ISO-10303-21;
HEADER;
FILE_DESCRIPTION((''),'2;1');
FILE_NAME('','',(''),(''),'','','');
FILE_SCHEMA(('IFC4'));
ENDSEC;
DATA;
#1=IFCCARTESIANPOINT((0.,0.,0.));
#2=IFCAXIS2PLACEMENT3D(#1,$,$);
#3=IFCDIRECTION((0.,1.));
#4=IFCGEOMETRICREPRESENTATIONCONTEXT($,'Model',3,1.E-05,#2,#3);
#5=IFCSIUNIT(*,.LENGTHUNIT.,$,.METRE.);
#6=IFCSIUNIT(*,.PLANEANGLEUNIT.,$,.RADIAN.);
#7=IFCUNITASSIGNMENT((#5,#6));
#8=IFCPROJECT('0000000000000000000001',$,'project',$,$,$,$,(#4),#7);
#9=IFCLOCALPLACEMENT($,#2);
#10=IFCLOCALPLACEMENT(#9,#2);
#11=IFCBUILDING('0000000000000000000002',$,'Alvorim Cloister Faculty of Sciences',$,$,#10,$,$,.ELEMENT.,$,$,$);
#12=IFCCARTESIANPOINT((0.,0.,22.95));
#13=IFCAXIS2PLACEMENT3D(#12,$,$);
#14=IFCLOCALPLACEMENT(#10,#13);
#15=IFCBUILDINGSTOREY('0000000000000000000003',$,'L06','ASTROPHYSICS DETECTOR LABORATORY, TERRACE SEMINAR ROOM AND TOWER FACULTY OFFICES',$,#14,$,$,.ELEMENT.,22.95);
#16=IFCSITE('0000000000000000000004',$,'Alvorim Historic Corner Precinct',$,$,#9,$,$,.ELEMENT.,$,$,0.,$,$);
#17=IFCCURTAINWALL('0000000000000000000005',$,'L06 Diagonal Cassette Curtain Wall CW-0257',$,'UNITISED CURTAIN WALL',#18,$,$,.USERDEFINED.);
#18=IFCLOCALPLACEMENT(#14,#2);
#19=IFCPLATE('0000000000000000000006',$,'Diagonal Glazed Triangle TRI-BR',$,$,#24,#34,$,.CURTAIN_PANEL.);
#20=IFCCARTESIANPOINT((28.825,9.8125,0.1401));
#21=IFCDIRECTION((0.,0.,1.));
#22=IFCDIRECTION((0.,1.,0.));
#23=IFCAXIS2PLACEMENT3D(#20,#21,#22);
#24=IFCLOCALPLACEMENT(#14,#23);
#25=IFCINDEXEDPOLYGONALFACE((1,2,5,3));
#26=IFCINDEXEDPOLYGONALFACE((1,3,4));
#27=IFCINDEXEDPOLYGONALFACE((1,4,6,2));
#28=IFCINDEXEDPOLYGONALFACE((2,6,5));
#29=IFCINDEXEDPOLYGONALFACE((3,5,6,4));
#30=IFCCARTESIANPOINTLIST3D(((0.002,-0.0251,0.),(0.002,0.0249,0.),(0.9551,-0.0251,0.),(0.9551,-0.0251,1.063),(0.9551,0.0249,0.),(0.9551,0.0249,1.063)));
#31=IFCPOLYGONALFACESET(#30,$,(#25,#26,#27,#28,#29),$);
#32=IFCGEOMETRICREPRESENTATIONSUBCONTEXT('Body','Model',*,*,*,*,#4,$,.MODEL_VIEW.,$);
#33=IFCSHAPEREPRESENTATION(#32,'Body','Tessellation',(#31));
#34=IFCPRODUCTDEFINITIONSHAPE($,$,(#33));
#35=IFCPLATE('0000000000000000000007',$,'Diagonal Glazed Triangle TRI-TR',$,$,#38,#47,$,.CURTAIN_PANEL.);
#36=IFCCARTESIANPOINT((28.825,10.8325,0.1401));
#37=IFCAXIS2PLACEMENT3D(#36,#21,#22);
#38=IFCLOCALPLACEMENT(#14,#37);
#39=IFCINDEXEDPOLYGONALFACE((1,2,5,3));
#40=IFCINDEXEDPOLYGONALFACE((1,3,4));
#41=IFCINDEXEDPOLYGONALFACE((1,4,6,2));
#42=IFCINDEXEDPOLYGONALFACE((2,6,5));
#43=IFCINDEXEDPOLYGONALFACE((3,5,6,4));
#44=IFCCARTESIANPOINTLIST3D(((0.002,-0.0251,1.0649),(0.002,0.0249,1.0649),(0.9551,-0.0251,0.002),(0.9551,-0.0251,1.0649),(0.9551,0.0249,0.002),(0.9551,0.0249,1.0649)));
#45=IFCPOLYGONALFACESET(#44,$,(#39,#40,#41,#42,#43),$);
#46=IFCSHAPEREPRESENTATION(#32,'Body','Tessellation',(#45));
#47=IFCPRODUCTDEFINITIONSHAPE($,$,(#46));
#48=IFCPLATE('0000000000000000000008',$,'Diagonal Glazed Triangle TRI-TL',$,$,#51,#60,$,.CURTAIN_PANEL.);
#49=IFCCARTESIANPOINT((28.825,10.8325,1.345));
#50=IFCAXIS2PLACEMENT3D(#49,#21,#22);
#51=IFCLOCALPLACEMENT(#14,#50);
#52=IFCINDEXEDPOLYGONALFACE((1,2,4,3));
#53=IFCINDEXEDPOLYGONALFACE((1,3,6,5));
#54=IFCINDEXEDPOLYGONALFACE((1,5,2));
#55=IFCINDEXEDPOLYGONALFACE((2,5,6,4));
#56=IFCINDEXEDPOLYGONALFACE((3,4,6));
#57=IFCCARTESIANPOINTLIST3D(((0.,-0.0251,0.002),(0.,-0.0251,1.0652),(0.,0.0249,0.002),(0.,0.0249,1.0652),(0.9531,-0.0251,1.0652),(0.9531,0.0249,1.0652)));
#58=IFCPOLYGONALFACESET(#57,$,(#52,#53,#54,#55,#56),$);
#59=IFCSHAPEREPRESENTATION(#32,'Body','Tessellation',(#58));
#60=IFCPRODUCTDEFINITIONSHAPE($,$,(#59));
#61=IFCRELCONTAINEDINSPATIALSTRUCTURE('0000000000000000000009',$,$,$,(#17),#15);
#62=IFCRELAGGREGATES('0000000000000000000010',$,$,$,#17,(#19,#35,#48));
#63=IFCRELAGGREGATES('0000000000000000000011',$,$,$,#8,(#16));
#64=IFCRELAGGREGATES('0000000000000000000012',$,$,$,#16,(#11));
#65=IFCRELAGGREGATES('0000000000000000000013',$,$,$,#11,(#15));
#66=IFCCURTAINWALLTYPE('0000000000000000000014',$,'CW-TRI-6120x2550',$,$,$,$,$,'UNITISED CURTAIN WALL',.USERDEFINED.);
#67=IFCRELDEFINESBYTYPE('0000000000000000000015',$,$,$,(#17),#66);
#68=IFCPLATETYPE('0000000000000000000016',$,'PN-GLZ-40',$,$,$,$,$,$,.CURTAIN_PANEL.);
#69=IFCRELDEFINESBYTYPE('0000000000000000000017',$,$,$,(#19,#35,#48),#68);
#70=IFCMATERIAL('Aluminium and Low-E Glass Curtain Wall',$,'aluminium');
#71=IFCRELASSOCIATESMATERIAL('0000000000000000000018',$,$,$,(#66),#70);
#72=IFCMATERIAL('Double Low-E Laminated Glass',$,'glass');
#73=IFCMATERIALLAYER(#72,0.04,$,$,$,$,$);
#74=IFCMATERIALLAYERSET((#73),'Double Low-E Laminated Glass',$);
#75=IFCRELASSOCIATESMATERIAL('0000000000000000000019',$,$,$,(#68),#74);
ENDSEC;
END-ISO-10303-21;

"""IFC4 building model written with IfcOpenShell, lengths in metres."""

from ifc_helpers import new_model, si_unit, direction, frame, origin, place, context, subcontext, project, spatial, polyline, outline, extrude, material, layer, layer_set, type_object, element, aggregate, save


model = new_model("IFC4")

# Units and contexts
model_context = context("Model", 3, precision=1e-05, world=origin(), true_north=direction((0.0, 1.0)))
body_context = subcontext(model_context, "Body", "Model", "MODEL_VIEW")
ifc_project = project(units=[si_unit("LENGTHUNIT", "METRE"), si_unit("PLANEANGLEUNIT", "RADIAN")], contexts=[model_context])

# Site, building, storey
site_placement = place(None, origin())
site = spatial("IfcSite", under=ifc_project, at=site_placement, Name="Alvorim Historic Corner Precinct", CompositionType="ELEMENT", RefElevation=0.0)
building_placement = place(site_placement, origin())
building = spatial("IfcBuilding", under=site, at=building_placement, Name="Alvorim Cloister Faculty of Sciences", CompositionType="ELEMENT")
storey_placement = place(building_placement, frame((0.0, 0.0, 22.95)))
storey = spatial("IfcBuildingStorey", under=building, at=storey_placement, Name="L06", Description="ASTROPHYSICS DETECTOR LABORATORY, TERRACE SEMINAR ROOM AND TOWER FACULTY OFFICES", CompositionType="ELEMENT", Elevation=22.95)

# Curtain wall, plates
ifc_material_1 = material(Name="Aluminium and Low-E Glass Curtain Wall", Category="aluminium")
curtain_wall_type = type_object("IfcCurtainWallType", Name="CW-TRI-6120x2550", ElementType="UNITISED CURTAIN WALL", PredefinedType="USERDEFINED", material=ifc_material_1)
curtain_wall_placement = place(storey_placement, origin())
curtain_wall = element("IfcCurtainWall", 1, at=curtain_wall_placement, inside=storey, type_object=curtain_wall_type, Name="L06 Diagonal Cassette Curtain Wall CW-0257", ObjectType="UNITISED CURTAIN WALL", PredefinedType="USERDEFINED")
ifc_material_2 = material(Name="Double Low-E Laminated Glass", Category="glass")
ifc_layer = layer(ifc_material_2, 0.04)
ifc_layer_set = layer_set([ifc_layer], Name="Double Low-E Laminated Glass")
plate_type = type_object("IfcPlateType", Name="PN-GLZ-40", PredefinedType="CURTAIN_PANEL", material=ifc_layer_set)
plate_1_placement = place(storey_placement, frame((28.825, 9.8125, 0.1401), z_axis=(0.0, 0.0, 1.0), x_axis=(0.0, 1.0, 0.0)))
plate_1 = element("IfcPlate", 2, at=plate_1_placement, type_object=plate_type, Name="Diagonal Glazed Triangle TRI-BR", PredefinedType="CURTAIN_PANEL", context=body_context, shape_type="SweptSolid", body=[
    extrude(outline(polyline([(0.002, 0.0), (0.9551, 0.0), (0.9551, 1.063), (0.002, 0.0)])), frame((0.0, 0.0249, 0.0), z_axis=(0.0, -1.0, 0.0), x_axis=(1.0, 0.0, 0.0)), (0.0, 0.0, 1.0), 0.05),
])
plate_2_placement = place(storey_placement, frame((28.825, 10.8325, 0.1401), z_axis=(0.0, 0.0, 1.0), x_axis=(0.0, 1.0, 0.0)))
plate_2 = element("IfcPlate", 3, at=plate_2_placement, type_object=plate_type, Name="Diagonal Glazed Triangle TRI-TR", PredefinedType="CURTAIN_PANEL", context=body_context, shape_type="SweptSolid", body=[
    extrude(outline(polyline([(0.9551, 0.002), (0.9551, 1.0649), (0.002, 1.0649), (0.9551, 0.002)])), frame((0.0, 0.0249, 0.0), z_axis=(0.0, -1.0, 0.0), x_axis=(1.0, 0.0, 0.0)), (0.0, 0.0, 1.0), 0.05),
])
plate_3_placement = place(storey_placement, frame((28.825, 10.8325, 1.345), z_axis=(0.0, 0.0, 1.0), x_axis=(0.0, 1.0, 0.0)))
plate_3 = element("IfcPlate", 4, at=plate_3_placement, type_object=plate_type, Name="Diagonal Glazed Triangle TRI-TL", PredefinedType="CURTAIN_PANEL", context=body_context, shape_type="SweptSolid", body=[
    extrude(outline(polyline([(0.9531, 1.0652), (0.0, 1.0652), (0.0, 0.002), (0.9531, 1.0652)])), frame((0.0, 0.0249, 0.0), z_axis=(0.0, -1.0, 0.0), x_axis=(1.0, 0.0, 0.0)), (0.0, 0.0, 1.0), 0.05),
])
aggregate(curtain_wall, [plate_1, plate_2, plate_3])

save(model, "model.ifc")
